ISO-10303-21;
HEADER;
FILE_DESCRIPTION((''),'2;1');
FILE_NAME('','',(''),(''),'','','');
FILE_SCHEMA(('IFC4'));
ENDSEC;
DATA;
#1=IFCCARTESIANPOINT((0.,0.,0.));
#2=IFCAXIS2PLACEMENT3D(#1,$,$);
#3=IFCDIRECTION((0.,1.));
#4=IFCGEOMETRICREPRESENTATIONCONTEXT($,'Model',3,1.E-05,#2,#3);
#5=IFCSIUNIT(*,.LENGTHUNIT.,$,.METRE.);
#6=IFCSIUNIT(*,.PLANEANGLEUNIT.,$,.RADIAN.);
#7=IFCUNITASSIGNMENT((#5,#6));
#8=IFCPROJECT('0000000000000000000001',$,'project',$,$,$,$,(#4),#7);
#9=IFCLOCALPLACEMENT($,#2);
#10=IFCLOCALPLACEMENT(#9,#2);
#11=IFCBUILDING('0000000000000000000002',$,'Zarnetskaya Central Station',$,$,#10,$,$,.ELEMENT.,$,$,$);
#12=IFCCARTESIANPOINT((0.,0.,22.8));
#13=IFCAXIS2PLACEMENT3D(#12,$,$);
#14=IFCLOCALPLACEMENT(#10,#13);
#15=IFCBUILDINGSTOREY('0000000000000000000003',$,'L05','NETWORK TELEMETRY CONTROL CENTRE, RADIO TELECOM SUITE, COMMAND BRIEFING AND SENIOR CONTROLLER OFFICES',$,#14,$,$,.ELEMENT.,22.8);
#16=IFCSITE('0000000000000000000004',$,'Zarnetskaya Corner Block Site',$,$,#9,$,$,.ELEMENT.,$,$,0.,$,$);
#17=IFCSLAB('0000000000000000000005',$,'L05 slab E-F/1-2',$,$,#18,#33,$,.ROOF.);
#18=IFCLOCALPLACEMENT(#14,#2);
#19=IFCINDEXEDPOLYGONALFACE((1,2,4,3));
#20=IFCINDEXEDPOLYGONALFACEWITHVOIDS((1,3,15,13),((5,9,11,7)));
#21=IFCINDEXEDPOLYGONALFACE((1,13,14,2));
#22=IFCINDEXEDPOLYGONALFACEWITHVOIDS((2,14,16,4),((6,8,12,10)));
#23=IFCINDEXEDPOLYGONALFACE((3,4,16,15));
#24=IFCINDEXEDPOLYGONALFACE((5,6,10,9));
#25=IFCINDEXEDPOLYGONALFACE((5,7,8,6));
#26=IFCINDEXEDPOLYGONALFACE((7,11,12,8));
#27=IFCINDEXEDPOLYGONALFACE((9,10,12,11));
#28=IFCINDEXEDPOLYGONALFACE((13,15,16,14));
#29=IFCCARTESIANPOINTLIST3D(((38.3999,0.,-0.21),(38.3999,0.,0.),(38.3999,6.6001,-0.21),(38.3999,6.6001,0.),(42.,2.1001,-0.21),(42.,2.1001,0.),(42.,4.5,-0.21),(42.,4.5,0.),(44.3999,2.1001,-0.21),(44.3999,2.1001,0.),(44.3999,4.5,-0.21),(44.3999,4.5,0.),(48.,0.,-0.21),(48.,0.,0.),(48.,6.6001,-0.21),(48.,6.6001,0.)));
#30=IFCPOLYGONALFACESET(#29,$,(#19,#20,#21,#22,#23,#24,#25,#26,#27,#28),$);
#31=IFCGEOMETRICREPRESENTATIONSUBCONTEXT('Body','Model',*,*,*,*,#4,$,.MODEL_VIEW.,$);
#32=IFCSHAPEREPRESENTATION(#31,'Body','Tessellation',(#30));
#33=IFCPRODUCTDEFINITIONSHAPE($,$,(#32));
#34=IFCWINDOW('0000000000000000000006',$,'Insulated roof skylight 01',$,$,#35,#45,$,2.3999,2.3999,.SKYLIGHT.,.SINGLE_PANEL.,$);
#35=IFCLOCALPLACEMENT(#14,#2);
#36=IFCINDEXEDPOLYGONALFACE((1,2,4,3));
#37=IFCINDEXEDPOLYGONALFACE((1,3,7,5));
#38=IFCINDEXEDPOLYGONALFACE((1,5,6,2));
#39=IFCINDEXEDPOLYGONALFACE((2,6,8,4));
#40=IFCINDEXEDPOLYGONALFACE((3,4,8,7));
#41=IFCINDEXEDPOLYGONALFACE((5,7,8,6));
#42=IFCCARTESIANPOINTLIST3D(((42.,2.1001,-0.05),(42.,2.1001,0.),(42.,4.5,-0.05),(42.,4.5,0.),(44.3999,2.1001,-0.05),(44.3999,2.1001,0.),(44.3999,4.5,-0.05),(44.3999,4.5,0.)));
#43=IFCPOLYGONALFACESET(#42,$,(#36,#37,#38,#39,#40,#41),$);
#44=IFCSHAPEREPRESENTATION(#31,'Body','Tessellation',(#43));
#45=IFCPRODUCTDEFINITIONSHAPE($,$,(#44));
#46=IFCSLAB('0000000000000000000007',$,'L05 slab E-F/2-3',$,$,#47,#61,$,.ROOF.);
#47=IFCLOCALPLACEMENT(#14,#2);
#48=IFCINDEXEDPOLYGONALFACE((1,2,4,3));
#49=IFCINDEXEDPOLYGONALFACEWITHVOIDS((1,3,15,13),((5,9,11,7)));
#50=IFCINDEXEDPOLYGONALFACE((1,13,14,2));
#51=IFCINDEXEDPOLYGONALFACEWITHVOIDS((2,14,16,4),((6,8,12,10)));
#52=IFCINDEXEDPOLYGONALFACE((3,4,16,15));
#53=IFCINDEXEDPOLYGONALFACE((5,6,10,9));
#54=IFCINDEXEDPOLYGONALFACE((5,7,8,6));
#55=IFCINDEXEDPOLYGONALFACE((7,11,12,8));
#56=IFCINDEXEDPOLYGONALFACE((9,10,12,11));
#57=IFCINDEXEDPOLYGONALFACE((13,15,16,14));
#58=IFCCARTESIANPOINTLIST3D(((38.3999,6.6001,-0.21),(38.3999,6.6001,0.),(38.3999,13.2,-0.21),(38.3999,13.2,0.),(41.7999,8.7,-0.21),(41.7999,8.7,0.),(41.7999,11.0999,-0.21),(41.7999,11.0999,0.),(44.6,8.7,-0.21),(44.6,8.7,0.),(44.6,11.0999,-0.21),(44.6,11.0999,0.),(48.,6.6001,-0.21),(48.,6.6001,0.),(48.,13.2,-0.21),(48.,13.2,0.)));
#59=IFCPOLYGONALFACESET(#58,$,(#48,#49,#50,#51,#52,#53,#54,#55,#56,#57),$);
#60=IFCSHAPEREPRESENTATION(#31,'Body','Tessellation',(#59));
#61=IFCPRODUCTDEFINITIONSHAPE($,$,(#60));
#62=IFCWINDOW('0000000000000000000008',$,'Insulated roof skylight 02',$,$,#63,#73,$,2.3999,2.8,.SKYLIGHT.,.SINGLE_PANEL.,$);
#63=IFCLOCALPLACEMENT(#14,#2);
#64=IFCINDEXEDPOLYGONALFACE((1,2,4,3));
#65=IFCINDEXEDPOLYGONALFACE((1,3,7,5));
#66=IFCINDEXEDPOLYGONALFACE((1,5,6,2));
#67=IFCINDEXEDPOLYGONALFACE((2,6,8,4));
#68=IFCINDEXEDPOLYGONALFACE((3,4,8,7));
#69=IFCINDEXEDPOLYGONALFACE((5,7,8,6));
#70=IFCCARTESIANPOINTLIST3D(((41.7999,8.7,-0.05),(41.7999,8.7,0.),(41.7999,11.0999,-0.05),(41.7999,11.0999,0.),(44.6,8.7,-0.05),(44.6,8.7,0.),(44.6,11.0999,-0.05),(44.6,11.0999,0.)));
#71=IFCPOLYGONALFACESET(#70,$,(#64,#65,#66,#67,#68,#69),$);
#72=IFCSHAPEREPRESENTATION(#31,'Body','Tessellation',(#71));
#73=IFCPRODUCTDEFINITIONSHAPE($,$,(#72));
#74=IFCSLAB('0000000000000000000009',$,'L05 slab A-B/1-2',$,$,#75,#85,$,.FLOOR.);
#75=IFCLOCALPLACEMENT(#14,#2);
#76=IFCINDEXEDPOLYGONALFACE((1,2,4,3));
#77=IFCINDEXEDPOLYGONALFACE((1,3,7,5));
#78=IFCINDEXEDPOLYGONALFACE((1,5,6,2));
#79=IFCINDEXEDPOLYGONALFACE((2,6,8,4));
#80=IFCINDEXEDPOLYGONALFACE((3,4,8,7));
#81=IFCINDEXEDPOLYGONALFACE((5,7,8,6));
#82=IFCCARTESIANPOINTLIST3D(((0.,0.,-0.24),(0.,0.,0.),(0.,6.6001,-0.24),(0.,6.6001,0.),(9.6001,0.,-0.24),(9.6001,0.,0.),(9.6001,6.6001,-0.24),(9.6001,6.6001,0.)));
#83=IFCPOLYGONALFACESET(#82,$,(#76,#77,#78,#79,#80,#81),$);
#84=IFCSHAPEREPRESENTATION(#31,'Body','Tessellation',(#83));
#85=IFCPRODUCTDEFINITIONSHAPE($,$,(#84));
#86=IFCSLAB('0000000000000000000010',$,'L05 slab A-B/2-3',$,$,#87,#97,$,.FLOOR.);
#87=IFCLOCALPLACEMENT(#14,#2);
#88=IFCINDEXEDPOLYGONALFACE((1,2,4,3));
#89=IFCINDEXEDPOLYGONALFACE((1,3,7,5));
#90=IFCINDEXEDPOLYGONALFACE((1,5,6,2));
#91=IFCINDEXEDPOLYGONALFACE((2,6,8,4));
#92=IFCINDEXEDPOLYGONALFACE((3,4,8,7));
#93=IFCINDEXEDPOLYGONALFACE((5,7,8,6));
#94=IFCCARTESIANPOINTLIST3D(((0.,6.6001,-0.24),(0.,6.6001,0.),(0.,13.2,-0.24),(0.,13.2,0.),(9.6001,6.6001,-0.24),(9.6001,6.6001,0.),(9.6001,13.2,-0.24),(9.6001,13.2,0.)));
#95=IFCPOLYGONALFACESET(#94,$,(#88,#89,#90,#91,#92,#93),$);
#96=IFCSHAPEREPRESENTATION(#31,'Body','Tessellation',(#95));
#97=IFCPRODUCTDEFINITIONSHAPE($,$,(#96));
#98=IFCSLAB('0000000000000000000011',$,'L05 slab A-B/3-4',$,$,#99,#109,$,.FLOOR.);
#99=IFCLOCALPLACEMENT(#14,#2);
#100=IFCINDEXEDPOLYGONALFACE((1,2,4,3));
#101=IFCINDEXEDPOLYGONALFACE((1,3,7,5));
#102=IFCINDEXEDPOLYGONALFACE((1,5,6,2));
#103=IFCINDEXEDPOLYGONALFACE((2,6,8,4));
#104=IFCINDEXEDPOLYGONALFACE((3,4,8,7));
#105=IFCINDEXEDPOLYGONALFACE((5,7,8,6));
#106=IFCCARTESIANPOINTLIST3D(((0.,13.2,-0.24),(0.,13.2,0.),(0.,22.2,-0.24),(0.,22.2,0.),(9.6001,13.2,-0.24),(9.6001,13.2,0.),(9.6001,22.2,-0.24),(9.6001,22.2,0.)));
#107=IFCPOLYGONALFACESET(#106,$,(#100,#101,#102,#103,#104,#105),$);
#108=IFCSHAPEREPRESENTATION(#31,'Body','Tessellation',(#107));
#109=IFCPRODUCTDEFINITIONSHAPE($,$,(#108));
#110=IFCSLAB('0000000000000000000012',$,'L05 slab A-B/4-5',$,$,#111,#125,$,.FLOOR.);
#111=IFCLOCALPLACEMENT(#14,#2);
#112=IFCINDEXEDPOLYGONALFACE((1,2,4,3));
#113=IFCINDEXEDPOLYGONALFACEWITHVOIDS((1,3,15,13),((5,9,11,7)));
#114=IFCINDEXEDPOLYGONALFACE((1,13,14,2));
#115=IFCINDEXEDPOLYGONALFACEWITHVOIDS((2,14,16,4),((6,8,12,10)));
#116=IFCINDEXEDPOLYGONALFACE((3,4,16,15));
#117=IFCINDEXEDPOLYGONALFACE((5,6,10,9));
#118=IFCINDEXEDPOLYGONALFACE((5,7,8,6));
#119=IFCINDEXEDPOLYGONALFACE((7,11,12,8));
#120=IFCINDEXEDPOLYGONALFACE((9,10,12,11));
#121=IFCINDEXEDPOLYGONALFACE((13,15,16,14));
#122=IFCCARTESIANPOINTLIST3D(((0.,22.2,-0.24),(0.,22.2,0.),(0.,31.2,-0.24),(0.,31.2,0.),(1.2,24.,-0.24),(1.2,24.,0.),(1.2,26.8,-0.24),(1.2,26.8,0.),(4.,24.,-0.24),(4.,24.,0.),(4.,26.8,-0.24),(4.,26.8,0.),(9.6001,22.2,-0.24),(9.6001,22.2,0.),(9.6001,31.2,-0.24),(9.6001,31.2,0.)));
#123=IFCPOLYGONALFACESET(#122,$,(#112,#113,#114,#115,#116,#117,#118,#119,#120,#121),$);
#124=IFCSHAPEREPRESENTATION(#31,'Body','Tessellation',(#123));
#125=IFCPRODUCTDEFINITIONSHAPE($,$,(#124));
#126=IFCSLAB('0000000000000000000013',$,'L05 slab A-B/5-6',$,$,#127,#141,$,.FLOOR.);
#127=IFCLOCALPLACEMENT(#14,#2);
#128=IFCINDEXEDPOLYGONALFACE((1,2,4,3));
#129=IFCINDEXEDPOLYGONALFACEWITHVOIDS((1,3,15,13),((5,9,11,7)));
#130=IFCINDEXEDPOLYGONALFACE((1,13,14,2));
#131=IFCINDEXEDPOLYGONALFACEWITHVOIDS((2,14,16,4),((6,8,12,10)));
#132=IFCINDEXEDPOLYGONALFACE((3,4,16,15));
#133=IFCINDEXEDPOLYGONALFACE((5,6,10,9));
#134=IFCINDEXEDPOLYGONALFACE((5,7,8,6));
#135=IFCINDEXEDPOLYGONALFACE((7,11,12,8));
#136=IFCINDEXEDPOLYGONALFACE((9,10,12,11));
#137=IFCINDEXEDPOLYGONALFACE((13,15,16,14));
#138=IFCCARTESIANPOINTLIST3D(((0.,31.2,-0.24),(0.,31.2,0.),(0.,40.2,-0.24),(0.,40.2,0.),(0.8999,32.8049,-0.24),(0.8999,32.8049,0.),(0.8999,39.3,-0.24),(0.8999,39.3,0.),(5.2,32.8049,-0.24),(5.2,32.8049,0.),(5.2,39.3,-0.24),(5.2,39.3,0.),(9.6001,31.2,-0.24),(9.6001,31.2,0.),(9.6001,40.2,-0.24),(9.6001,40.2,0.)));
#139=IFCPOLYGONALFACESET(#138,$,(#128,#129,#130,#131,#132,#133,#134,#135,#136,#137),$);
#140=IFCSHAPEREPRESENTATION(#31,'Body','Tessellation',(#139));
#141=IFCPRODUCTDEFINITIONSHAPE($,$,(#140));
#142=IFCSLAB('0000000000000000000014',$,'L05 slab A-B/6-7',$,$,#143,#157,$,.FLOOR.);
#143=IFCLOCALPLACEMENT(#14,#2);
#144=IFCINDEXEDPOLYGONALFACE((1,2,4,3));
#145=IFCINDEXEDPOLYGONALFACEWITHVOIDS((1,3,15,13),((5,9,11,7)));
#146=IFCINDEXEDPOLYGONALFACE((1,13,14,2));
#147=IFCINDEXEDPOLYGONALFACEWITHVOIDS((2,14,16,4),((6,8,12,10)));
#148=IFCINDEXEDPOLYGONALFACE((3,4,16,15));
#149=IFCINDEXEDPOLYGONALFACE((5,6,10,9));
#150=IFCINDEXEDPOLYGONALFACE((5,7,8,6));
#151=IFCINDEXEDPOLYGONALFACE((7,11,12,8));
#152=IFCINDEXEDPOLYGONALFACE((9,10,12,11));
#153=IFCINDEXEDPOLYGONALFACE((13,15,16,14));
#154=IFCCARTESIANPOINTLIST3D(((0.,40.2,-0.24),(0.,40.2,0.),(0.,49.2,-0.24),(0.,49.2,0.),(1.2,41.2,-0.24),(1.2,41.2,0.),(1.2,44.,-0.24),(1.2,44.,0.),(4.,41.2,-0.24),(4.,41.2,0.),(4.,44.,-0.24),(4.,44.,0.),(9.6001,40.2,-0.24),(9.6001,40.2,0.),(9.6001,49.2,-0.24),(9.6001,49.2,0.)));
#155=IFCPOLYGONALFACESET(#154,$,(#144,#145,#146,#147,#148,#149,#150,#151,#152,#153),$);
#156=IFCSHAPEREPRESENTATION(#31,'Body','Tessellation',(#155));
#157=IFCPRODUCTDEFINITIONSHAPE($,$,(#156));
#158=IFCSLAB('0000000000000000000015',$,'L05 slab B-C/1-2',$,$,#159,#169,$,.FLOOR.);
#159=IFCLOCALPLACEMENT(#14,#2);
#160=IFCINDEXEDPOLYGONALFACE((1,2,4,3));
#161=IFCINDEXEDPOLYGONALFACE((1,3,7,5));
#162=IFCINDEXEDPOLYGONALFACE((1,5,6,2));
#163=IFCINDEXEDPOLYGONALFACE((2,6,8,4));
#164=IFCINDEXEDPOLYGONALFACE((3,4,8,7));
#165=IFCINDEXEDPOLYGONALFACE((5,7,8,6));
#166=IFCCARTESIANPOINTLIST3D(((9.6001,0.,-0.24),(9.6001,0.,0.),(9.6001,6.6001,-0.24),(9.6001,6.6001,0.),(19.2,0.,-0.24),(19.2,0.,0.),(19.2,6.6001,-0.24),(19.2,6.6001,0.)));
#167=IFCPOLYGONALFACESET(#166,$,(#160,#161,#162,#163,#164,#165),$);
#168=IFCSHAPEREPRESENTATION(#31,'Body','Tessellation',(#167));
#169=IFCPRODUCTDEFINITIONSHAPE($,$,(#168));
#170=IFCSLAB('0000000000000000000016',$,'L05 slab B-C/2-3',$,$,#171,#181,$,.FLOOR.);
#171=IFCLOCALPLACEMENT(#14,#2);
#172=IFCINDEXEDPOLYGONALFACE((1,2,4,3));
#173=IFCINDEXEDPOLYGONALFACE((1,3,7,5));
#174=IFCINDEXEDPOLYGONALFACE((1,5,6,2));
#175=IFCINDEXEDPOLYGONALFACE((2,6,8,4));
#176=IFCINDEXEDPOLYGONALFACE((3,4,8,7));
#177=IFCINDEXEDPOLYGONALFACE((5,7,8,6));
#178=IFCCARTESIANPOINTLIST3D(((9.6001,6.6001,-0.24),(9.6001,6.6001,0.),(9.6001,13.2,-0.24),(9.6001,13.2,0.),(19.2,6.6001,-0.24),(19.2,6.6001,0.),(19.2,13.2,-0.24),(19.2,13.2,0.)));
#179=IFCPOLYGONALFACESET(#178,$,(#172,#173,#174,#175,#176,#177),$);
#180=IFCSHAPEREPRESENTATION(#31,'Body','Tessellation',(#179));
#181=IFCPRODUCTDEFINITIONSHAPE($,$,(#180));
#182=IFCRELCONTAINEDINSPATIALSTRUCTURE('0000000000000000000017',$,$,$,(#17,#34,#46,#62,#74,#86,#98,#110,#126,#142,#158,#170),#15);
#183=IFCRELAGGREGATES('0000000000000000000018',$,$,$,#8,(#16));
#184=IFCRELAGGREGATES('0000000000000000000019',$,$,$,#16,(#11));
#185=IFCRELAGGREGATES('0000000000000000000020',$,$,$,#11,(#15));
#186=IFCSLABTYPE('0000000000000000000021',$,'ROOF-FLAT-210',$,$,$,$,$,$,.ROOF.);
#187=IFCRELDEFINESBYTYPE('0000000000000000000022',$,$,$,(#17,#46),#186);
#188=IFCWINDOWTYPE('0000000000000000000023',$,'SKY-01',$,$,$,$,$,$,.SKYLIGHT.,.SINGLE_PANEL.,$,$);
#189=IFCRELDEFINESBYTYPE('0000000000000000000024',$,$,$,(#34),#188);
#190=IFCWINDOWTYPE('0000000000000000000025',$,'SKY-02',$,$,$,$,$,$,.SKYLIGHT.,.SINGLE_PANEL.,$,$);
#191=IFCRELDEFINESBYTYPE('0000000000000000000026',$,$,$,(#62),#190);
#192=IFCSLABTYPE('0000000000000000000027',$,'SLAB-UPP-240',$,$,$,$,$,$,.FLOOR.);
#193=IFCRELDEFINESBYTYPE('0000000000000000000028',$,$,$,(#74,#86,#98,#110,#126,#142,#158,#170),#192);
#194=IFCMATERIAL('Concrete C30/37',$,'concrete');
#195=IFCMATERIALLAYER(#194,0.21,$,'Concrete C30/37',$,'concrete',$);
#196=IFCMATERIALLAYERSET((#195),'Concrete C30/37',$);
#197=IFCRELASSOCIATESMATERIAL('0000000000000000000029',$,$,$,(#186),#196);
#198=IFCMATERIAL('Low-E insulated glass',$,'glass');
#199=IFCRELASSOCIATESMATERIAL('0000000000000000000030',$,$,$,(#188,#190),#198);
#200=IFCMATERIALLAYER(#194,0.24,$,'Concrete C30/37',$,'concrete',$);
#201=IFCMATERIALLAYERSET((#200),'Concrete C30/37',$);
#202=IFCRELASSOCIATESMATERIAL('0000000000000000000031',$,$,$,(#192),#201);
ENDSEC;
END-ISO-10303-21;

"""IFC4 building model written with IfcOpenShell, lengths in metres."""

from ifc_helpers import new_model, si_unit, direction, frame, origin, origin_2d, place, context, subcontext, project, spatial, polyline, rectangle, outline, extrude, material, layer, layer_set, type_object, element, fill, save


model = new_model("IFC4")

# Units and contexts
model_context = context("Model", 3, precision=1e-05, world=origin(), true_north=direction((0.0, 1.0)))
body_context = subcontext(model_context, "Body", "Model", "MODEL_VIEW")
ifc_project = project(units=[si_unit("LENGTHUNIT", "METRE"), si_unit("PLANEANGLEUNIT", "RADIAN")], contexts=[model_context])

# Site, building, storey
site_placement = place(None, origin())
site = spatial("IfcSite", under=ifc_project, at=site_placement, Name="Zarnetskaya Corner Block Site", CompositionType="ELEMENT", RefElevation=0.0)
building_placement = place(site_placement, origin())
building = spatial("IfcBuilding", under=site, at=building_placement, Name="Zarnetskaya Central Station", CompositionType="ELEMENT")
storey_placement = place(building_placement, frame((0.0, 0.0, 22.8)))
storey = spatial("IfcBuildingStorey", under=building, at=storey_placement, Name="L05", Description="NETWORK TELEMETRY CONTROL CENTRE, RADIO TELECOM SUITE, COMMAND BRIEFING AND SENIOR CONTROLLER OFFICES", CompositionType="ELEMENT", Elevation=22.8)

# Slabs, openings, windows
ifc_material_1 = material(Name="Concrete C30/37", Category="concrete")
ifc_layer_1 = layer(ifc_material_1, 0.21, Name="Concrete C30/37", Category="concrete")
ifc_layer_set_1 = layer_set([ifc_layer_1], Name="Concrete C30/37")
slab_type_1 = type_object("IfcSlabType", Name="ROOF-FLAT-210", PredefinedType="ROOF", material=ifc_layer_set_1)
slab_1_placement = place(storey_placement, frame((0.0, 0.0, -0.21)))
slab_1 = element("IfcSlab", 1, at=slab_1_placement, inside=storey, type_object=slab_type_1, Name="L05 slab E-F/1-2", PredefinedType="ROOF", context=body_context, shape_type="SweptSolid", body=[
    extrude(outline(polyline([(38.3999, 0.0), (48.0, 0.0), (48.0, 6.6001), (38.3999, 6.6001), (38.3999, 0.0)])), origin(), (0.0, 0.0, 1.0), 0.21),
])
opening_1_placement = place(slab_1_placement, frame((43.2, 3.3, 0.0)))
opening_1 = element("IfcOpeningElement", 2, at=opening_1_placement, cuts=slab_1, PredefinedType="OPENING", context=body_context, shape_type="SweptSolid", body=[
    extrude(rectangle(XDim=2.3999, YDim=2.3999, at=origin_2d()), frame((0.0, 0.0, -0.01)), (0.0, 0.0, 1.0), 0.23),
])
ifc_material_2 = material(Name="Low-E insulated glass", Category="glass")
window_type_1 = type_object("IfcWindowType", Name="SKY-01", PartitioningType="SINGLE_PANEL", PredefinedType="SKYLIGHT", material=ifc_material_2)
window_1_placement = place(opening_1_placement, frame((0.0, 0.0, 0.1599)))
window_1 = element("IfcWindow", 3, at=window_1_placement, inside=storey, type_object=window_type_1, Name="Insulated roof skylight 01", OverallHeight=2.3999, OverallWidth=2.3999, PartitioningType="SINGLE_PANEL", PredefinedType="SKYLIGHT", context=body_context, shape_type="SweptSolid", body=[
    extrude(rectangle(XDim=2.3999, YDim=2.3999, at=origin_2d()), origin(), (0.0, 0.0, 1.0), 0.05),
])
fill(opening_1, window_1)
slab_2_placement = place(storey_placement, frame((0.0, 0.0, -0.21)))
slab_2 = element("IfcSlab", 4, at=slab_2_placement, inside=storey, type_object=slab_type_1, Name="L05 slab E-F/2-3", PredefinedType="ROOF", context=body_context, shape_type="SweptSolid", body=[
    extrude(outline(polyline([(38.3999, 6.6001), (48.0, 6.6001), (48.0, 13.2), (38.3999, 13.2), (38.3999, 6.6001)])), origin(), (0.0, 0.0, 1.0), 0.21),
])
opening_2_placement = place(slab_2_placement, frame((43.2, 9.8999, 0.0)))
opening_2 = element("IfcOpeningElement", 5, at=opening_2_placement, cuts=slab_2, PredefinedType="OPENING", context=body_context, shape_type="SweptSolid", body=[
    extrude(rectangle(XDim=2.8, YDim=2.3999, at=origin_2d()), frame((0.0, 0.0, -0.01)), (0.0, 0.0, 1.0), 0.23),
])
window_type_2 = type_object("IfcWindowType", Name="SKY-02", PartitioningType="SINGLE_PANEL", PredefinedType="SKYLIGHT", material=ifc_material_2)
window_2_placement = place(opening_2_placement, frame((0.0, 0.0, 0.1599)))
window_2 = element("IfcWindow", 6, at=window_2_placement, inside=storey, type_object=window_type_2, Name="Insulated roof skylight 02", OverallHeight=2.3999, OverallWidth=2.8, PartitioningType="SINGLE_PANEL", PredefinedType="SKYLIGHT", context=body_context, shape_type="SweptSolid", body=[
    extrude(rectangle(XDim=2.8, YDim=2.3999, at=origin_2d()), origin(), (0.0, 0.0, 1.0), 0.05),
])
fill(opening_2, window_2)

# Slabs
ifc_layer_2 = layer(ifc_material_1, 0.24, Name="Concrete C30/37", Category="concrete")
ifc_layer_set_2 = layer_set([ifc_layer_2], Name="Concrete C30/37")
slab_type_2 = type_object("IfcSlabType", Name="SLAB-UPP-240", PredefinedType="FLOOR", material=ifc_layer_set_2)
slab_3_placement = place(storey_placement, frame((0.0, 0.0, -0.24)))
element("IfcSlab", 7, at=slab_3_placement, inside=storey, type_object=slab_type_2, Name="L05 slab A-B/1-2", PredefinedType="FLOOR", context=body_context, shape_type="SweptSolid", body=[
    extrude(outline(polyline([(0.0, 0.0), (9.6001, 0.0), (9.6001, 6.6001), (0.0, 6.6001), (0.0, 0.0)])), origin(), (0.0, 0.0, 1.0), 0.24),
])
slab_4_placement = place(storey_placement, frame((0.0, 0.0, -0.24)))
element("IfcSlab", 8, at=slab_4_placement, inside=storey, type_object=slab_type_2, Name="L05 slab A-B/2-3", PredefinedType="FLOOR", context=body_context, shape_type="SweptSolid", body=[
    extrude(outline(polyline([(0.0, 6.6001), (9.6001, 6.6001), (9.6001, 13.2), (0.0, 13.2), (0.0, 6.6001)])), origin(), (0.0, 0.0, 1.0), 0.24),
])
slab_5_placement = place(storey_placement, frame((0.0, 0.0, -0.24)))
element("IfcSlab", 9, at=slab_5_placement, inside=storey, type_object=slab_type_2, Name="L05 slab A-B/3-4", PredefinedType="FLOOR", context=body_context, shape_type="SweptSolid", body=[
    extrude(outline(polyline([(0.0, 13.2), (9.6001, 13.2), (9.6001, 22.2), (0.0, 22.2), (0.0, 13.2)])), origin(), (0.0, 0.0, 1.0), 0.24),
])
slab_6_placement = place(storey_placement, frame((0.0, 0.0, -0.24)))
element("IfcSlab", 10, at=slab_6_placement, inside=storey, type_object=slab_type_2, Name="L05 slab A-B/4-5", PredefinedType="FLOOR", context=body_context, shape_type="SweptSolid", body=[
    extrude(outline(polyline([(0.0, 22.2), (9.6001, 22.2), (9.6001, 31.2), (0.0, 31.2), (0.0, 22.2)]), holes=[polyline([(1.2, 24.0), (4.0, 24.0), (4.0, 26.8), (1.2, 26.8), (1.2, 24.0)])]), origin(), (0.0, 0.0, 1.0), 0.24),
])
slab_7_placement = place(storey_placement, frame((0.0, 0.0, -0.24)))
element("IfcSlab", 11, at=slab_7_placement, inside=storey, type_object=slab_type_2, Name="L05 slab A-B/5-6", PredefinedType="FLOOR", context=body_context, shape_type="SweptSolid", body=[
    extrude(outline(polyline([(0.0, 31.2), (9.6001, 31.2), (9.6001, 40.2), (0.0, 40.2), (0.0, 31.2)]), holes=[polyline([(0.8999, 32.8049), (5.2, 32.8049), (5.2, 39.3), (0.8999, 39.3), (0.8999, 32.8049)])]), origin(), (0.0, 0.0, 1.0), 0.24),
])
slab_8_placement = place(storey_placement, frame((0.0, 0.0, -0.24)))
element("IfcSlab", 12, at=slab_8_placement, inside=storey, type_object=slab_type_2, Name="L05 slab A-B/6-7", PredefinedType="FLOOR", context=body_context, shape_type="SweptSolid", body=[
    extrude(outline(polyline([(0.0, 40.2), (9.6001, 40.2), (9.6001, 49.2), (0.0, 49.2), (0.0, 40.2)]), holes=[polyline([(1.2, 41.2), (4.0, 41.2), (4.0, 44.0), (1.2, 44.0), (1.2, 41.2)])]), origin(), (0.0, 0.0, 1.0), 0.24),
])
slab_9_placement = place(storey_placement, frame((0.0, 0.0, -0.24)))
element("IfcSlab", 13, at=slab_9_placement, inside=storey, type_object=slab_type_2, Name="L05 slab B-C/1-2", PredefinedType="FLOOR", context=body_context, shape_type="SweptSolid", body=[
    extrude(outline(polyline([(9.6001, 0.0), (19.2, 0.0), (19.2, 6.6001), (9.6001, 6.6001), (9.6001, 0.0)])), origin(), (0.0, 0.0, 1.0), 0.24),
])
slab_10_placement = place(storey_placement, frame((0.0, 0.0, -0.24)))
element("IfcSlab", 14, at=slab_10_placement, inside=storey, type_object=slab_type_2, Name="L05 slab B-C/2-3", PredefinedType="FLOOR", context=body_context, shape_type="SweptSolid", body=[
    extrude(outline(polyline([(9.6001, 6.6001), (19.2, 6.6001), (19.2, 13.2), (9.6001, 13.2), (9.6001, 6.6001)])), origin(), (0.0, 0.0, 1.0), 0.24),
])

save(model, "model.ifc")
